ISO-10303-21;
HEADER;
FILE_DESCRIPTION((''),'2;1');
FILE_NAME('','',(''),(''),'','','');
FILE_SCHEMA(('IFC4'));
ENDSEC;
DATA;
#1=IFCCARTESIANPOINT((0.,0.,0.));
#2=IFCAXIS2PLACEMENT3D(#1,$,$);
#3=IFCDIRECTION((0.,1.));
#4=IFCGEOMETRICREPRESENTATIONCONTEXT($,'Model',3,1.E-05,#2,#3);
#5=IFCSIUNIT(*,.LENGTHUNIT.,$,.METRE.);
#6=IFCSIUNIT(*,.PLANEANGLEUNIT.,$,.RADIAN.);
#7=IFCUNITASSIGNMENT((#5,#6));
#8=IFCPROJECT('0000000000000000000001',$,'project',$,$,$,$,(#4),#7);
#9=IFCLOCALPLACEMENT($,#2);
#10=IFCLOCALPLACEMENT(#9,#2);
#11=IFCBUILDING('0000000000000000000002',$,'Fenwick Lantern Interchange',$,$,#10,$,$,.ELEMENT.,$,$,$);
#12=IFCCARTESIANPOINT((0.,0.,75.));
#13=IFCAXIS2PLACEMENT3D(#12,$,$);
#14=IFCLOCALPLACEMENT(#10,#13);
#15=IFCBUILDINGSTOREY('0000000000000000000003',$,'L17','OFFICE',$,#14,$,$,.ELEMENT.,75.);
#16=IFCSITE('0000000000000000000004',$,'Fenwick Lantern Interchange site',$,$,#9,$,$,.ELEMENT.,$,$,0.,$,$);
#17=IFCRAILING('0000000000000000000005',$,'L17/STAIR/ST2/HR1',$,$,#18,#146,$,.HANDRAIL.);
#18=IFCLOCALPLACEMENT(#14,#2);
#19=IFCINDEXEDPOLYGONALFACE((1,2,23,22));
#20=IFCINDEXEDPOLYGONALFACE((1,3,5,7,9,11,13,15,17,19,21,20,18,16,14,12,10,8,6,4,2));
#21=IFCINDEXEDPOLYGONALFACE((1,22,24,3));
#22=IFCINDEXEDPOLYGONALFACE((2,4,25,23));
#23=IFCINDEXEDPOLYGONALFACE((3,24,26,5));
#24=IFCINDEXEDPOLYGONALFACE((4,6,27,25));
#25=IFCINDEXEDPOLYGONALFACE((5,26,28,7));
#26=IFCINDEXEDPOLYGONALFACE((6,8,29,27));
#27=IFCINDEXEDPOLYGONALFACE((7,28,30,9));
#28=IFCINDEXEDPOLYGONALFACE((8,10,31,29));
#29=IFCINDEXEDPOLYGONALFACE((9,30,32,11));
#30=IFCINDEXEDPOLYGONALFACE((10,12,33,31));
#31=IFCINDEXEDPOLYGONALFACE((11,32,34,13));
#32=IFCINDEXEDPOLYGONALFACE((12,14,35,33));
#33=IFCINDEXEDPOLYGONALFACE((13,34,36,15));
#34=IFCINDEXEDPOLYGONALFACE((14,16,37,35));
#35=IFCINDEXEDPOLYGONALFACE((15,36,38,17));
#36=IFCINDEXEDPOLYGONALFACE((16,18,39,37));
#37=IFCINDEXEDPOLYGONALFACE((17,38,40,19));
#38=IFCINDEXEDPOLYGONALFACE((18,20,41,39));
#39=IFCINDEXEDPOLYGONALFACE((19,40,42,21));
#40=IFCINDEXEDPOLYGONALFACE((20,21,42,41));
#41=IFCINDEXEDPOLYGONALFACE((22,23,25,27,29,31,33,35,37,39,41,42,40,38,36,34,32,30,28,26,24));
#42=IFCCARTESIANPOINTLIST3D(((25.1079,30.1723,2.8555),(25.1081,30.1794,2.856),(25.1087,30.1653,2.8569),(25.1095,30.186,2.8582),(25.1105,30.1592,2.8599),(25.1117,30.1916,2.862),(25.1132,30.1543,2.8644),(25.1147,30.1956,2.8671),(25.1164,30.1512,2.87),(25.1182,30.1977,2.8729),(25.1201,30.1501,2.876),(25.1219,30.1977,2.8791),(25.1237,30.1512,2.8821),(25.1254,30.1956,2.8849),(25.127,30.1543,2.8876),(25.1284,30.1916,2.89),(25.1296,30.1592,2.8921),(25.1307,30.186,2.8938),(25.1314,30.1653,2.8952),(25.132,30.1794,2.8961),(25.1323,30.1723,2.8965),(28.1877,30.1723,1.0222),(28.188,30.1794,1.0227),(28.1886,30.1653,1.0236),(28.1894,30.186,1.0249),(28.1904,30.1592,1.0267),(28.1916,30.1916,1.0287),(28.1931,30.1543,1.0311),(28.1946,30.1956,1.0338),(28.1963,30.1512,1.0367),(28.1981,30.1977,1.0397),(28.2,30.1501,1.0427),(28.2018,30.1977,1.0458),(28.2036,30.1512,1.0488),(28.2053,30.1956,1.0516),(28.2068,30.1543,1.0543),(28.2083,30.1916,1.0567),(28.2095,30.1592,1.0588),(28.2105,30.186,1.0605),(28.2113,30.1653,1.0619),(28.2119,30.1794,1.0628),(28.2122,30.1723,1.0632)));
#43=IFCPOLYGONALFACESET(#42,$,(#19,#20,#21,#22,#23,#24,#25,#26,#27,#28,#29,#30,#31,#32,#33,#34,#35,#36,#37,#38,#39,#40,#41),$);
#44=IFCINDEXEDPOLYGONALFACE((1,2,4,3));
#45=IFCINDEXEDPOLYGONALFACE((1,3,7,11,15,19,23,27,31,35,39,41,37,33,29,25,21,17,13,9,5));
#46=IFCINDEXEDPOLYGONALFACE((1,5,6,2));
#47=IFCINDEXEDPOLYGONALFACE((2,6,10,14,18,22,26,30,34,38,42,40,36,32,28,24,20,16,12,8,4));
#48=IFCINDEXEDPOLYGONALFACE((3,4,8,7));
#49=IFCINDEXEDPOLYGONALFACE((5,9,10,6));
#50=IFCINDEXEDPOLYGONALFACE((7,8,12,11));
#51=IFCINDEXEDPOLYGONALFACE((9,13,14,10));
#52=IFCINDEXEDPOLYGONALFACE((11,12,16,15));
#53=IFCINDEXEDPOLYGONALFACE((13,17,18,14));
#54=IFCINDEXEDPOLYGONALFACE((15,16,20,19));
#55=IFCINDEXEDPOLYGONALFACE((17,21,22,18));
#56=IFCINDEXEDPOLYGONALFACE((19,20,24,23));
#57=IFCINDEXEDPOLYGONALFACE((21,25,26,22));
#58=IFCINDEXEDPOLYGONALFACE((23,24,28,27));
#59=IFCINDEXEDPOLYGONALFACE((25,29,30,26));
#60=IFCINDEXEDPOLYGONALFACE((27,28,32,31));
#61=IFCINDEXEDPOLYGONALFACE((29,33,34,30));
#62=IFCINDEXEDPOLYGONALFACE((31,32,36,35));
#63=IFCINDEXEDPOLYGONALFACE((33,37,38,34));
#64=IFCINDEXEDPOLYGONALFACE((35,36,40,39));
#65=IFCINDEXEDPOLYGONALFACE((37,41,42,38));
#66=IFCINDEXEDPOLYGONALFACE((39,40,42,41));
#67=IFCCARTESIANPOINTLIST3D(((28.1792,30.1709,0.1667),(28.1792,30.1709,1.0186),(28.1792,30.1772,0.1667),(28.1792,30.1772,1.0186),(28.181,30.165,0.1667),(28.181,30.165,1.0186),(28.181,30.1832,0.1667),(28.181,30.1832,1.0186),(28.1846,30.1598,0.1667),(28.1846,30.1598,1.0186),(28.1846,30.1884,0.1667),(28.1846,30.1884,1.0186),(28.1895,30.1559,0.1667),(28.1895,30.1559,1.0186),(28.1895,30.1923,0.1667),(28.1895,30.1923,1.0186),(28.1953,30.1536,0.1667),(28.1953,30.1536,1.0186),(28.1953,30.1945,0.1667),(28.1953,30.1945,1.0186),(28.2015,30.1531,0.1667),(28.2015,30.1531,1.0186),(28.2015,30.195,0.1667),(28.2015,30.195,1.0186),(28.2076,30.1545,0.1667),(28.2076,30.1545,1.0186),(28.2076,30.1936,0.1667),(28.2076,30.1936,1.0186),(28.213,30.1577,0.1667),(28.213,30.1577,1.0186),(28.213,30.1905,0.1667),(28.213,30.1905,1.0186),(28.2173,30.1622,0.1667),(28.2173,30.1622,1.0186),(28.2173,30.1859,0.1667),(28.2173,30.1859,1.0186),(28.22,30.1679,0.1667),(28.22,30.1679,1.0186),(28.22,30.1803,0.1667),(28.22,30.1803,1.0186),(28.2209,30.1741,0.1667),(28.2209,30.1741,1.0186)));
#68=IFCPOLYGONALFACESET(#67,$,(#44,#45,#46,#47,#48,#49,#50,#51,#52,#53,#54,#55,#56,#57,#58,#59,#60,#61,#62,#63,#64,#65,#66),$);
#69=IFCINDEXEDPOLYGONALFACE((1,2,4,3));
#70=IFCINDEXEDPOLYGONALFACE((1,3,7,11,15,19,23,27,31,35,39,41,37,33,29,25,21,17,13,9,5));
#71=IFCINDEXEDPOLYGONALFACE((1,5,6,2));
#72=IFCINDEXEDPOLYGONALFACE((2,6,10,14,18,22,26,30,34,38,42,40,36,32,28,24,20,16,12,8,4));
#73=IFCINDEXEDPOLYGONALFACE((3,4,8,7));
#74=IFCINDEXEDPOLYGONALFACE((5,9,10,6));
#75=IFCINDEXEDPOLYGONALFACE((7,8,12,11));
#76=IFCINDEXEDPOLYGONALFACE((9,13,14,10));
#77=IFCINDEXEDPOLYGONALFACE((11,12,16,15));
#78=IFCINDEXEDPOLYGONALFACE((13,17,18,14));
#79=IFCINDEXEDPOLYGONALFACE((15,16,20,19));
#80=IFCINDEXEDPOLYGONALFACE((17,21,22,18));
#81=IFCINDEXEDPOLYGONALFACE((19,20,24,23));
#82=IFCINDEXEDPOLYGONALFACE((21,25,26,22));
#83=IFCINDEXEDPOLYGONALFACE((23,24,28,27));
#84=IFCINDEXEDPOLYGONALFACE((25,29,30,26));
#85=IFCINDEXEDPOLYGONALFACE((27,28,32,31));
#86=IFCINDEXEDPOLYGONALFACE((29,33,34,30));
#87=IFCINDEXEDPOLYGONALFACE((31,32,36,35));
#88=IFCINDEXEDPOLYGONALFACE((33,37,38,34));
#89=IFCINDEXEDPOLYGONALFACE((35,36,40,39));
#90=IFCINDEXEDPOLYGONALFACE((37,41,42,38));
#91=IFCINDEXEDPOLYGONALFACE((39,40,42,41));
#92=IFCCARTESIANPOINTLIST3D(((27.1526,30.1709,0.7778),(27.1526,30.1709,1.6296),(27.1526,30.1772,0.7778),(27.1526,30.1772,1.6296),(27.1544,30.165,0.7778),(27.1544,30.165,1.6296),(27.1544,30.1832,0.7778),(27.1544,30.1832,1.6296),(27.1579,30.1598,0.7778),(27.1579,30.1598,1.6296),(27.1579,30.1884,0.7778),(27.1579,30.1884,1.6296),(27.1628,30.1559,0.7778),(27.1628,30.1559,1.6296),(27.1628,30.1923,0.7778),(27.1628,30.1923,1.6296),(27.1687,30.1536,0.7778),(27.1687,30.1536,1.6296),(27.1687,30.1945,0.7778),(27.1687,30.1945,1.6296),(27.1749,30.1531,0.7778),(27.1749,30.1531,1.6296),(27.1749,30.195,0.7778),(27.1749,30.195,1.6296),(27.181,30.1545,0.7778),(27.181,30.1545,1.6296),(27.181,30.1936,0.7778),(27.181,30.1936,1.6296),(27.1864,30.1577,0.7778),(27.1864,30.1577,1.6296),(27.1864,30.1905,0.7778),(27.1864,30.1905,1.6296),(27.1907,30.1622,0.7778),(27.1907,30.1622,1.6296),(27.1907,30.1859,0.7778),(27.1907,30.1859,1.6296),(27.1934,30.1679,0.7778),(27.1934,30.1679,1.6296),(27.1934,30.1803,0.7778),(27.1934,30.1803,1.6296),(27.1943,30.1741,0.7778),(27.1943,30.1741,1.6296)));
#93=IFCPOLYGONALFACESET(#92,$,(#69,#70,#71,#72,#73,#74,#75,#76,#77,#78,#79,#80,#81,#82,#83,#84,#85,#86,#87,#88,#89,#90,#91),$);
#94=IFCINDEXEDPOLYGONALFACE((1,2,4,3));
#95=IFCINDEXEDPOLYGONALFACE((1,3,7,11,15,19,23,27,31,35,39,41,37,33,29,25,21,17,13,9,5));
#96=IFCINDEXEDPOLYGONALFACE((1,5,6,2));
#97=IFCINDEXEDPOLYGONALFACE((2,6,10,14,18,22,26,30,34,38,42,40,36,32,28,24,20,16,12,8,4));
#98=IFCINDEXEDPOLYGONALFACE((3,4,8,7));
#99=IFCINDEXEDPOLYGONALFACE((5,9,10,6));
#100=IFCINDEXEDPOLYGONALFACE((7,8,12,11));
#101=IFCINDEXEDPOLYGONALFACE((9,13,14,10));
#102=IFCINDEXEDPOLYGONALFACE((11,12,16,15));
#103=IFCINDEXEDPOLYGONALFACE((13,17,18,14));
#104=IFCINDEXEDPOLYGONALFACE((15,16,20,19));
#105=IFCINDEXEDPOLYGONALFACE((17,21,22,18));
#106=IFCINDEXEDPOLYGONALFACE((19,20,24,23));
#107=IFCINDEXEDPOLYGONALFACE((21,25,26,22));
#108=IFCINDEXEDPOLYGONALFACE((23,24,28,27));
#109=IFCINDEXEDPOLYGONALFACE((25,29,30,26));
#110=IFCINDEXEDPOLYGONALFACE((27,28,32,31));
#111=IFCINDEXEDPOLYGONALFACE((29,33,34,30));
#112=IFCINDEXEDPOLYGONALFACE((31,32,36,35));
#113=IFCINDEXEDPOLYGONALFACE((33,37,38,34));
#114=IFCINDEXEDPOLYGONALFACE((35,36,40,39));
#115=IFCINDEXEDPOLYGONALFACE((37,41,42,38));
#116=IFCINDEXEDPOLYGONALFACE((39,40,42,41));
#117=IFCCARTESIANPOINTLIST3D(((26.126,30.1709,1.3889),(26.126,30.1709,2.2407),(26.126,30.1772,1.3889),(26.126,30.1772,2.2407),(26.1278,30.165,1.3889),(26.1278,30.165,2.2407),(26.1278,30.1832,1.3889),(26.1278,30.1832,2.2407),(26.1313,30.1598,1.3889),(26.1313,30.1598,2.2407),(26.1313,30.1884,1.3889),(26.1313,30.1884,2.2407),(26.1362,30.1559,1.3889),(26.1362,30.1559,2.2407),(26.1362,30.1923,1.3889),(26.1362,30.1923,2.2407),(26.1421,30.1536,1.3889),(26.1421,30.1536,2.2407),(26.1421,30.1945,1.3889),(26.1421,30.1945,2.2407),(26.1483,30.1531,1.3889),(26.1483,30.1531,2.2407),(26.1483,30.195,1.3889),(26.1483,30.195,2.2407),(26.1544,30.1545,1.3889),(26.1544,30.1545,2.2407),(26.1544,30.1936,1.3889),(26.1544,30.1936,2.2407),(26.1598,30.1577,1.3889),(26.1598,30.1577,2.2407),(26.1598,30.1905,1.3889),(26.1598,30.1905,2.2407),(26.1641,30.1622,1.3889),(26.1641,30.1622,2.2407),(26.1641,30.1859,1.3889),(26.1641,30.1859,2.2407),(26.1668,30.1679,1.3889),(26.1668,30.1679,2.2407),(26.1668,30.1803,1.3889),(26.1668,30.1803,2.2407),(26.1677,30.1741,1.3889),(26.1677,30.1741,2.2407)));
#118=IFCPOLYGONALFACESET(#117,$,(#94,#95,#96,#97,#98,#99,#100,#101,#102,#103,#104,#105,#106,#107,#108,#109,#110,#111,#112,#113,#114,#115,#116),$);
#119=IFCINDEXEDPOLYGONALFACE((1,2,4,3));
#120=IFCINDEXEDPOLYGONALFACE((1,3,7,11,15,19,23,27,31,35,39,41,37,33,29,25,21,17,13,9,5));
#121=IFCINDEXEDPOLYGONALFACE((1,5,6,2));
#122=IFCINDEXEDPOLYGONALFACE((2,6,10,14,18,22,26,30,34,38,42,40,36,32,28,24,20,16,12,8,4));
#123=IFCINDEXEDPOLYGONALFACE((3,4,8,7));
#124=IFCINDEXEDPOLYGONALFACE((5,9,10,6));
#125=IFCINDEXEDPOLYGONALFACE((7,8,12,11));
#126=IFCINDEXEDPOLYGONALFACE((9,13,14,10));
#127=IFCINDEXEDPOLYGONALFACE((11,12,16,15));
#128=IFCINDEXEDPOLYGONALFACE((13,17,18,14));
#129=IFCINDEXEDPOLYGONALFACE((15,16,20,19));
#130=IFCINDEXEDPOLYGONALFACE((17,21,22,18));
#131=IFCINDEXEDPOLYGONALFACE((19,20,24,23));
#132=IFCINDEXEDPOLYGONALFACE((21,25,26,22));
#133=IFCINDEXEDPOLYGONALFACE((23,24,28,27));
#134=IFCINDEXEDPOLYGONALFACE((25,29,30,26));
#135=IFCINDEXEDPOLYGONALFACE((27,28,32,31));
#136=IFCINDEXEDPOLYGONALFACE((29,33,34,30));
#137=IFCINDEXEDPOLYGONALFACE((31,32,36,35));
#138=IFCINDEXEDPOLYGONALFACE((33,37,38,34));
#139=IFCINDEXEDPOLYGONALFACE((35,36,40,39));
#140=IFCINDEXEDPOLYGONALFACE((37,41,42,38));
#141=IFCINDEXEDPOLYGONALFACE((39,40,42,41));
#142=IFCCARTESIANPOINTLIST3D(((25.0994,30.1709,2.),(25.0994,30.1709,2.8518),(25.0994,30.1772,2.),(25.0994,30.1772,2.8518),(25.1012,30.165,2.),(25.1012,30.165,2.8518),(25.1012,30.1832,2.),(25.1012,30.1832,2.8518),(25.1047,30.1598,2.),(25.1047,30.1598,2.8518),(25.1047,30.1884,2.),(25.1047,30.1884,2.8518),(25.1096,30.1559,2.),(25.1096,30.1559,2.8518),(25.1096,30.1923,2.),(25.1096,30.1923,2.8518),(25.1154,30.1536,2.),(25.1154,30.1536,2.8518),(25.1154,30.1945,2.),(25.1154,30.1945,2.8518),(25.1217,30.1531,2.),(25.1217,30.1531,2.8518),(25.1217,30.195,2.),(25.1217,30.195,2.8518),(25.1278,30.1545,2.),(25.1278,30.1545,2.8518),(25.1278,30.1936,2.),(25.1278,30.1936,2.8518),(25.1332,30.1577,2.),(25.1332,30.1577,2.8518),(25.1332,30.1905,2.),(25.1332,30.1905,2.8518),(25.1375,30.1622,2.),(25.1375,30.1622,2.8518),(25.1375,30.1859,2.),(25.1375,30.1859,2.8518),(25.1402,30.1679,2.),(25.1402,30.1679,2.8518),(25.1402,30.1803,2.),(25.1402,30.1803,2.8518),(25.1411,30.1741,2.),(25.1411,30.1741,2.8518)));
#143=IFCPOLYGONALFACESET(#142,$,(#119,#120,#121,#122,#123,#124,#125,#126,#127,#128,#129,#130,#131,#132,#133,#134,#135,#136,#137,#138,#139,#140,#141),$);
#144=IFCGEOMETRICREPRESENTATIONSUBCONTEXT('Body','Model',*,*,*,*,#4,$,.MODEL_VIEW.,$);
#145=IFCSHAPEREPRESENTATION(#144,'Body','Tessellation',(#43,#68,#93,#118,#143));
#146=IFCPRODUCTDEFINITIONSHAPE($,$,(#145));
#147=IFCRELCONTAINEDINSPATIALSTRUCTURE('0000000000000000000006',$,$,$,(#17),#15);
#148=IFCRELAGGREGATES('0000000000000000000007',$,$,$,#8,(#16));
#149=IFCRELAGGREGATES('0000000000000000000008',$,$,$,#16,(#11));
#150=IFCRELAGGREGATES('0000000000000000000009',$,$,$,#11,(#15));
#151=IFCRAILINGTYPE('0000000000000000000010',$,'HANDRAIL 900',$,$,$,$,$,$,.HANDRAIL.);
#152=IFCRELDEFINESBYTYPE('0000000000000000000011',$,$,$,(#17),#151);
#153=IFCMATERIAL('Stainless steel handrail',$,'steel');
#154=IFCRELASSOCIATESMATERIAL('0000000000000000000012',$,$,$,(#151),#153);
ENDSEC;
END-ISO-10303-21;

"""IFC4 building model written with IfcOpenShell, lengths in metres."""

from ifc_helpers import new_model, si_unit, direction, frame, origin, origin_2d, place, context, subcontext, project, spatial, circle, extrude, material, type_object, element, save


model = new_model("IFC4")

# Units and contexts
model_context = context("Model", 3, precision=1e-05, world=origin(), true_north=direction((0.0, 1.0)))
body_context = subcontext(model_context, "Body", "Model", "MODEL_VIEW")
ifc_project = project(units=[si_unit("LENGTHUNIT", "METRE"), si_unit("PLANEANGLEUNIT", "RADIAN")], contexts=[model_context])

# Site, building, storey
site_placement = place(None, origin())
site = spatial("IfcSite", under=ifc_project, at=site_placement, Name="Fenwick Lantern Interchange site", CompositionType="ELEMENT", RefElevation=0.0)
building_placement = place(site_placement, origin())
building = spatial("IfcBuilding", under=site, at=building_placement, Name="Fenwick Lantern Interchange", CompositionType="ELEMENT")
storey_placement = place(building_placement, frame((0.0, 0.0, 75.0)))
storey = spatial("IfcBuildingStorey", under=building, at=storey_placement, Name="L17", Description="OFFICE", CompositionType="ELEMENT", Elevation=75.0)

# Railing
ifc_material_1 = material(Name="Stainless steel handrail", Category="steel")
railing_type = type_object("IfcRailingType", Name="HANDRAIL 900", PredefinedType="HANDRAIL", material=ifc_material_1)
railing_1_placement = place(storey_placement, frame((28.2, 30.1741, 0.1667)))
element("IfcRailing", 1, at=railing_1_placement, inside=storey, type_object=railing_type, Name="L17/STAIR/ST2/HR1", PredefinedType="HANDRAIL", context=body_context, shape_type="SweptSolid", body=[
    extrude(circle(Radius=0.0239, at=origin_2d()), frame((0.0, 0.0, 0.876), z_axis=(-0.859291, 0.0, 0.511487), x_axis=(0.0, -1.0, 0.0)), (0.0, 0.0, 1.0), 3.5842),
    extrude(circle(Radius=0.021, at=origin_2d()), origin(), (0.0, 0.0, 1.0), 0.8518),
    extrude(circle(Radius=0.021, at=origin_2d()), frame((-1.0266, 0.0, 0.6111)), (0.0, 0.0, 1.0), 0.8518),
    extrude(circle(Radius=0.021, at=origin_2d()), frame((-2.0532, 0.0, 1.2222)), (0.0, 0.0, 1.0), 0.8518),
    extrude(circle(Radius=0.021, at=origin_2d()), frame((-3.0798, 0.0, 1.8333)), (0.0, 0.0, 1.0), 0.8518),
])

save(model, "model.ifc")
